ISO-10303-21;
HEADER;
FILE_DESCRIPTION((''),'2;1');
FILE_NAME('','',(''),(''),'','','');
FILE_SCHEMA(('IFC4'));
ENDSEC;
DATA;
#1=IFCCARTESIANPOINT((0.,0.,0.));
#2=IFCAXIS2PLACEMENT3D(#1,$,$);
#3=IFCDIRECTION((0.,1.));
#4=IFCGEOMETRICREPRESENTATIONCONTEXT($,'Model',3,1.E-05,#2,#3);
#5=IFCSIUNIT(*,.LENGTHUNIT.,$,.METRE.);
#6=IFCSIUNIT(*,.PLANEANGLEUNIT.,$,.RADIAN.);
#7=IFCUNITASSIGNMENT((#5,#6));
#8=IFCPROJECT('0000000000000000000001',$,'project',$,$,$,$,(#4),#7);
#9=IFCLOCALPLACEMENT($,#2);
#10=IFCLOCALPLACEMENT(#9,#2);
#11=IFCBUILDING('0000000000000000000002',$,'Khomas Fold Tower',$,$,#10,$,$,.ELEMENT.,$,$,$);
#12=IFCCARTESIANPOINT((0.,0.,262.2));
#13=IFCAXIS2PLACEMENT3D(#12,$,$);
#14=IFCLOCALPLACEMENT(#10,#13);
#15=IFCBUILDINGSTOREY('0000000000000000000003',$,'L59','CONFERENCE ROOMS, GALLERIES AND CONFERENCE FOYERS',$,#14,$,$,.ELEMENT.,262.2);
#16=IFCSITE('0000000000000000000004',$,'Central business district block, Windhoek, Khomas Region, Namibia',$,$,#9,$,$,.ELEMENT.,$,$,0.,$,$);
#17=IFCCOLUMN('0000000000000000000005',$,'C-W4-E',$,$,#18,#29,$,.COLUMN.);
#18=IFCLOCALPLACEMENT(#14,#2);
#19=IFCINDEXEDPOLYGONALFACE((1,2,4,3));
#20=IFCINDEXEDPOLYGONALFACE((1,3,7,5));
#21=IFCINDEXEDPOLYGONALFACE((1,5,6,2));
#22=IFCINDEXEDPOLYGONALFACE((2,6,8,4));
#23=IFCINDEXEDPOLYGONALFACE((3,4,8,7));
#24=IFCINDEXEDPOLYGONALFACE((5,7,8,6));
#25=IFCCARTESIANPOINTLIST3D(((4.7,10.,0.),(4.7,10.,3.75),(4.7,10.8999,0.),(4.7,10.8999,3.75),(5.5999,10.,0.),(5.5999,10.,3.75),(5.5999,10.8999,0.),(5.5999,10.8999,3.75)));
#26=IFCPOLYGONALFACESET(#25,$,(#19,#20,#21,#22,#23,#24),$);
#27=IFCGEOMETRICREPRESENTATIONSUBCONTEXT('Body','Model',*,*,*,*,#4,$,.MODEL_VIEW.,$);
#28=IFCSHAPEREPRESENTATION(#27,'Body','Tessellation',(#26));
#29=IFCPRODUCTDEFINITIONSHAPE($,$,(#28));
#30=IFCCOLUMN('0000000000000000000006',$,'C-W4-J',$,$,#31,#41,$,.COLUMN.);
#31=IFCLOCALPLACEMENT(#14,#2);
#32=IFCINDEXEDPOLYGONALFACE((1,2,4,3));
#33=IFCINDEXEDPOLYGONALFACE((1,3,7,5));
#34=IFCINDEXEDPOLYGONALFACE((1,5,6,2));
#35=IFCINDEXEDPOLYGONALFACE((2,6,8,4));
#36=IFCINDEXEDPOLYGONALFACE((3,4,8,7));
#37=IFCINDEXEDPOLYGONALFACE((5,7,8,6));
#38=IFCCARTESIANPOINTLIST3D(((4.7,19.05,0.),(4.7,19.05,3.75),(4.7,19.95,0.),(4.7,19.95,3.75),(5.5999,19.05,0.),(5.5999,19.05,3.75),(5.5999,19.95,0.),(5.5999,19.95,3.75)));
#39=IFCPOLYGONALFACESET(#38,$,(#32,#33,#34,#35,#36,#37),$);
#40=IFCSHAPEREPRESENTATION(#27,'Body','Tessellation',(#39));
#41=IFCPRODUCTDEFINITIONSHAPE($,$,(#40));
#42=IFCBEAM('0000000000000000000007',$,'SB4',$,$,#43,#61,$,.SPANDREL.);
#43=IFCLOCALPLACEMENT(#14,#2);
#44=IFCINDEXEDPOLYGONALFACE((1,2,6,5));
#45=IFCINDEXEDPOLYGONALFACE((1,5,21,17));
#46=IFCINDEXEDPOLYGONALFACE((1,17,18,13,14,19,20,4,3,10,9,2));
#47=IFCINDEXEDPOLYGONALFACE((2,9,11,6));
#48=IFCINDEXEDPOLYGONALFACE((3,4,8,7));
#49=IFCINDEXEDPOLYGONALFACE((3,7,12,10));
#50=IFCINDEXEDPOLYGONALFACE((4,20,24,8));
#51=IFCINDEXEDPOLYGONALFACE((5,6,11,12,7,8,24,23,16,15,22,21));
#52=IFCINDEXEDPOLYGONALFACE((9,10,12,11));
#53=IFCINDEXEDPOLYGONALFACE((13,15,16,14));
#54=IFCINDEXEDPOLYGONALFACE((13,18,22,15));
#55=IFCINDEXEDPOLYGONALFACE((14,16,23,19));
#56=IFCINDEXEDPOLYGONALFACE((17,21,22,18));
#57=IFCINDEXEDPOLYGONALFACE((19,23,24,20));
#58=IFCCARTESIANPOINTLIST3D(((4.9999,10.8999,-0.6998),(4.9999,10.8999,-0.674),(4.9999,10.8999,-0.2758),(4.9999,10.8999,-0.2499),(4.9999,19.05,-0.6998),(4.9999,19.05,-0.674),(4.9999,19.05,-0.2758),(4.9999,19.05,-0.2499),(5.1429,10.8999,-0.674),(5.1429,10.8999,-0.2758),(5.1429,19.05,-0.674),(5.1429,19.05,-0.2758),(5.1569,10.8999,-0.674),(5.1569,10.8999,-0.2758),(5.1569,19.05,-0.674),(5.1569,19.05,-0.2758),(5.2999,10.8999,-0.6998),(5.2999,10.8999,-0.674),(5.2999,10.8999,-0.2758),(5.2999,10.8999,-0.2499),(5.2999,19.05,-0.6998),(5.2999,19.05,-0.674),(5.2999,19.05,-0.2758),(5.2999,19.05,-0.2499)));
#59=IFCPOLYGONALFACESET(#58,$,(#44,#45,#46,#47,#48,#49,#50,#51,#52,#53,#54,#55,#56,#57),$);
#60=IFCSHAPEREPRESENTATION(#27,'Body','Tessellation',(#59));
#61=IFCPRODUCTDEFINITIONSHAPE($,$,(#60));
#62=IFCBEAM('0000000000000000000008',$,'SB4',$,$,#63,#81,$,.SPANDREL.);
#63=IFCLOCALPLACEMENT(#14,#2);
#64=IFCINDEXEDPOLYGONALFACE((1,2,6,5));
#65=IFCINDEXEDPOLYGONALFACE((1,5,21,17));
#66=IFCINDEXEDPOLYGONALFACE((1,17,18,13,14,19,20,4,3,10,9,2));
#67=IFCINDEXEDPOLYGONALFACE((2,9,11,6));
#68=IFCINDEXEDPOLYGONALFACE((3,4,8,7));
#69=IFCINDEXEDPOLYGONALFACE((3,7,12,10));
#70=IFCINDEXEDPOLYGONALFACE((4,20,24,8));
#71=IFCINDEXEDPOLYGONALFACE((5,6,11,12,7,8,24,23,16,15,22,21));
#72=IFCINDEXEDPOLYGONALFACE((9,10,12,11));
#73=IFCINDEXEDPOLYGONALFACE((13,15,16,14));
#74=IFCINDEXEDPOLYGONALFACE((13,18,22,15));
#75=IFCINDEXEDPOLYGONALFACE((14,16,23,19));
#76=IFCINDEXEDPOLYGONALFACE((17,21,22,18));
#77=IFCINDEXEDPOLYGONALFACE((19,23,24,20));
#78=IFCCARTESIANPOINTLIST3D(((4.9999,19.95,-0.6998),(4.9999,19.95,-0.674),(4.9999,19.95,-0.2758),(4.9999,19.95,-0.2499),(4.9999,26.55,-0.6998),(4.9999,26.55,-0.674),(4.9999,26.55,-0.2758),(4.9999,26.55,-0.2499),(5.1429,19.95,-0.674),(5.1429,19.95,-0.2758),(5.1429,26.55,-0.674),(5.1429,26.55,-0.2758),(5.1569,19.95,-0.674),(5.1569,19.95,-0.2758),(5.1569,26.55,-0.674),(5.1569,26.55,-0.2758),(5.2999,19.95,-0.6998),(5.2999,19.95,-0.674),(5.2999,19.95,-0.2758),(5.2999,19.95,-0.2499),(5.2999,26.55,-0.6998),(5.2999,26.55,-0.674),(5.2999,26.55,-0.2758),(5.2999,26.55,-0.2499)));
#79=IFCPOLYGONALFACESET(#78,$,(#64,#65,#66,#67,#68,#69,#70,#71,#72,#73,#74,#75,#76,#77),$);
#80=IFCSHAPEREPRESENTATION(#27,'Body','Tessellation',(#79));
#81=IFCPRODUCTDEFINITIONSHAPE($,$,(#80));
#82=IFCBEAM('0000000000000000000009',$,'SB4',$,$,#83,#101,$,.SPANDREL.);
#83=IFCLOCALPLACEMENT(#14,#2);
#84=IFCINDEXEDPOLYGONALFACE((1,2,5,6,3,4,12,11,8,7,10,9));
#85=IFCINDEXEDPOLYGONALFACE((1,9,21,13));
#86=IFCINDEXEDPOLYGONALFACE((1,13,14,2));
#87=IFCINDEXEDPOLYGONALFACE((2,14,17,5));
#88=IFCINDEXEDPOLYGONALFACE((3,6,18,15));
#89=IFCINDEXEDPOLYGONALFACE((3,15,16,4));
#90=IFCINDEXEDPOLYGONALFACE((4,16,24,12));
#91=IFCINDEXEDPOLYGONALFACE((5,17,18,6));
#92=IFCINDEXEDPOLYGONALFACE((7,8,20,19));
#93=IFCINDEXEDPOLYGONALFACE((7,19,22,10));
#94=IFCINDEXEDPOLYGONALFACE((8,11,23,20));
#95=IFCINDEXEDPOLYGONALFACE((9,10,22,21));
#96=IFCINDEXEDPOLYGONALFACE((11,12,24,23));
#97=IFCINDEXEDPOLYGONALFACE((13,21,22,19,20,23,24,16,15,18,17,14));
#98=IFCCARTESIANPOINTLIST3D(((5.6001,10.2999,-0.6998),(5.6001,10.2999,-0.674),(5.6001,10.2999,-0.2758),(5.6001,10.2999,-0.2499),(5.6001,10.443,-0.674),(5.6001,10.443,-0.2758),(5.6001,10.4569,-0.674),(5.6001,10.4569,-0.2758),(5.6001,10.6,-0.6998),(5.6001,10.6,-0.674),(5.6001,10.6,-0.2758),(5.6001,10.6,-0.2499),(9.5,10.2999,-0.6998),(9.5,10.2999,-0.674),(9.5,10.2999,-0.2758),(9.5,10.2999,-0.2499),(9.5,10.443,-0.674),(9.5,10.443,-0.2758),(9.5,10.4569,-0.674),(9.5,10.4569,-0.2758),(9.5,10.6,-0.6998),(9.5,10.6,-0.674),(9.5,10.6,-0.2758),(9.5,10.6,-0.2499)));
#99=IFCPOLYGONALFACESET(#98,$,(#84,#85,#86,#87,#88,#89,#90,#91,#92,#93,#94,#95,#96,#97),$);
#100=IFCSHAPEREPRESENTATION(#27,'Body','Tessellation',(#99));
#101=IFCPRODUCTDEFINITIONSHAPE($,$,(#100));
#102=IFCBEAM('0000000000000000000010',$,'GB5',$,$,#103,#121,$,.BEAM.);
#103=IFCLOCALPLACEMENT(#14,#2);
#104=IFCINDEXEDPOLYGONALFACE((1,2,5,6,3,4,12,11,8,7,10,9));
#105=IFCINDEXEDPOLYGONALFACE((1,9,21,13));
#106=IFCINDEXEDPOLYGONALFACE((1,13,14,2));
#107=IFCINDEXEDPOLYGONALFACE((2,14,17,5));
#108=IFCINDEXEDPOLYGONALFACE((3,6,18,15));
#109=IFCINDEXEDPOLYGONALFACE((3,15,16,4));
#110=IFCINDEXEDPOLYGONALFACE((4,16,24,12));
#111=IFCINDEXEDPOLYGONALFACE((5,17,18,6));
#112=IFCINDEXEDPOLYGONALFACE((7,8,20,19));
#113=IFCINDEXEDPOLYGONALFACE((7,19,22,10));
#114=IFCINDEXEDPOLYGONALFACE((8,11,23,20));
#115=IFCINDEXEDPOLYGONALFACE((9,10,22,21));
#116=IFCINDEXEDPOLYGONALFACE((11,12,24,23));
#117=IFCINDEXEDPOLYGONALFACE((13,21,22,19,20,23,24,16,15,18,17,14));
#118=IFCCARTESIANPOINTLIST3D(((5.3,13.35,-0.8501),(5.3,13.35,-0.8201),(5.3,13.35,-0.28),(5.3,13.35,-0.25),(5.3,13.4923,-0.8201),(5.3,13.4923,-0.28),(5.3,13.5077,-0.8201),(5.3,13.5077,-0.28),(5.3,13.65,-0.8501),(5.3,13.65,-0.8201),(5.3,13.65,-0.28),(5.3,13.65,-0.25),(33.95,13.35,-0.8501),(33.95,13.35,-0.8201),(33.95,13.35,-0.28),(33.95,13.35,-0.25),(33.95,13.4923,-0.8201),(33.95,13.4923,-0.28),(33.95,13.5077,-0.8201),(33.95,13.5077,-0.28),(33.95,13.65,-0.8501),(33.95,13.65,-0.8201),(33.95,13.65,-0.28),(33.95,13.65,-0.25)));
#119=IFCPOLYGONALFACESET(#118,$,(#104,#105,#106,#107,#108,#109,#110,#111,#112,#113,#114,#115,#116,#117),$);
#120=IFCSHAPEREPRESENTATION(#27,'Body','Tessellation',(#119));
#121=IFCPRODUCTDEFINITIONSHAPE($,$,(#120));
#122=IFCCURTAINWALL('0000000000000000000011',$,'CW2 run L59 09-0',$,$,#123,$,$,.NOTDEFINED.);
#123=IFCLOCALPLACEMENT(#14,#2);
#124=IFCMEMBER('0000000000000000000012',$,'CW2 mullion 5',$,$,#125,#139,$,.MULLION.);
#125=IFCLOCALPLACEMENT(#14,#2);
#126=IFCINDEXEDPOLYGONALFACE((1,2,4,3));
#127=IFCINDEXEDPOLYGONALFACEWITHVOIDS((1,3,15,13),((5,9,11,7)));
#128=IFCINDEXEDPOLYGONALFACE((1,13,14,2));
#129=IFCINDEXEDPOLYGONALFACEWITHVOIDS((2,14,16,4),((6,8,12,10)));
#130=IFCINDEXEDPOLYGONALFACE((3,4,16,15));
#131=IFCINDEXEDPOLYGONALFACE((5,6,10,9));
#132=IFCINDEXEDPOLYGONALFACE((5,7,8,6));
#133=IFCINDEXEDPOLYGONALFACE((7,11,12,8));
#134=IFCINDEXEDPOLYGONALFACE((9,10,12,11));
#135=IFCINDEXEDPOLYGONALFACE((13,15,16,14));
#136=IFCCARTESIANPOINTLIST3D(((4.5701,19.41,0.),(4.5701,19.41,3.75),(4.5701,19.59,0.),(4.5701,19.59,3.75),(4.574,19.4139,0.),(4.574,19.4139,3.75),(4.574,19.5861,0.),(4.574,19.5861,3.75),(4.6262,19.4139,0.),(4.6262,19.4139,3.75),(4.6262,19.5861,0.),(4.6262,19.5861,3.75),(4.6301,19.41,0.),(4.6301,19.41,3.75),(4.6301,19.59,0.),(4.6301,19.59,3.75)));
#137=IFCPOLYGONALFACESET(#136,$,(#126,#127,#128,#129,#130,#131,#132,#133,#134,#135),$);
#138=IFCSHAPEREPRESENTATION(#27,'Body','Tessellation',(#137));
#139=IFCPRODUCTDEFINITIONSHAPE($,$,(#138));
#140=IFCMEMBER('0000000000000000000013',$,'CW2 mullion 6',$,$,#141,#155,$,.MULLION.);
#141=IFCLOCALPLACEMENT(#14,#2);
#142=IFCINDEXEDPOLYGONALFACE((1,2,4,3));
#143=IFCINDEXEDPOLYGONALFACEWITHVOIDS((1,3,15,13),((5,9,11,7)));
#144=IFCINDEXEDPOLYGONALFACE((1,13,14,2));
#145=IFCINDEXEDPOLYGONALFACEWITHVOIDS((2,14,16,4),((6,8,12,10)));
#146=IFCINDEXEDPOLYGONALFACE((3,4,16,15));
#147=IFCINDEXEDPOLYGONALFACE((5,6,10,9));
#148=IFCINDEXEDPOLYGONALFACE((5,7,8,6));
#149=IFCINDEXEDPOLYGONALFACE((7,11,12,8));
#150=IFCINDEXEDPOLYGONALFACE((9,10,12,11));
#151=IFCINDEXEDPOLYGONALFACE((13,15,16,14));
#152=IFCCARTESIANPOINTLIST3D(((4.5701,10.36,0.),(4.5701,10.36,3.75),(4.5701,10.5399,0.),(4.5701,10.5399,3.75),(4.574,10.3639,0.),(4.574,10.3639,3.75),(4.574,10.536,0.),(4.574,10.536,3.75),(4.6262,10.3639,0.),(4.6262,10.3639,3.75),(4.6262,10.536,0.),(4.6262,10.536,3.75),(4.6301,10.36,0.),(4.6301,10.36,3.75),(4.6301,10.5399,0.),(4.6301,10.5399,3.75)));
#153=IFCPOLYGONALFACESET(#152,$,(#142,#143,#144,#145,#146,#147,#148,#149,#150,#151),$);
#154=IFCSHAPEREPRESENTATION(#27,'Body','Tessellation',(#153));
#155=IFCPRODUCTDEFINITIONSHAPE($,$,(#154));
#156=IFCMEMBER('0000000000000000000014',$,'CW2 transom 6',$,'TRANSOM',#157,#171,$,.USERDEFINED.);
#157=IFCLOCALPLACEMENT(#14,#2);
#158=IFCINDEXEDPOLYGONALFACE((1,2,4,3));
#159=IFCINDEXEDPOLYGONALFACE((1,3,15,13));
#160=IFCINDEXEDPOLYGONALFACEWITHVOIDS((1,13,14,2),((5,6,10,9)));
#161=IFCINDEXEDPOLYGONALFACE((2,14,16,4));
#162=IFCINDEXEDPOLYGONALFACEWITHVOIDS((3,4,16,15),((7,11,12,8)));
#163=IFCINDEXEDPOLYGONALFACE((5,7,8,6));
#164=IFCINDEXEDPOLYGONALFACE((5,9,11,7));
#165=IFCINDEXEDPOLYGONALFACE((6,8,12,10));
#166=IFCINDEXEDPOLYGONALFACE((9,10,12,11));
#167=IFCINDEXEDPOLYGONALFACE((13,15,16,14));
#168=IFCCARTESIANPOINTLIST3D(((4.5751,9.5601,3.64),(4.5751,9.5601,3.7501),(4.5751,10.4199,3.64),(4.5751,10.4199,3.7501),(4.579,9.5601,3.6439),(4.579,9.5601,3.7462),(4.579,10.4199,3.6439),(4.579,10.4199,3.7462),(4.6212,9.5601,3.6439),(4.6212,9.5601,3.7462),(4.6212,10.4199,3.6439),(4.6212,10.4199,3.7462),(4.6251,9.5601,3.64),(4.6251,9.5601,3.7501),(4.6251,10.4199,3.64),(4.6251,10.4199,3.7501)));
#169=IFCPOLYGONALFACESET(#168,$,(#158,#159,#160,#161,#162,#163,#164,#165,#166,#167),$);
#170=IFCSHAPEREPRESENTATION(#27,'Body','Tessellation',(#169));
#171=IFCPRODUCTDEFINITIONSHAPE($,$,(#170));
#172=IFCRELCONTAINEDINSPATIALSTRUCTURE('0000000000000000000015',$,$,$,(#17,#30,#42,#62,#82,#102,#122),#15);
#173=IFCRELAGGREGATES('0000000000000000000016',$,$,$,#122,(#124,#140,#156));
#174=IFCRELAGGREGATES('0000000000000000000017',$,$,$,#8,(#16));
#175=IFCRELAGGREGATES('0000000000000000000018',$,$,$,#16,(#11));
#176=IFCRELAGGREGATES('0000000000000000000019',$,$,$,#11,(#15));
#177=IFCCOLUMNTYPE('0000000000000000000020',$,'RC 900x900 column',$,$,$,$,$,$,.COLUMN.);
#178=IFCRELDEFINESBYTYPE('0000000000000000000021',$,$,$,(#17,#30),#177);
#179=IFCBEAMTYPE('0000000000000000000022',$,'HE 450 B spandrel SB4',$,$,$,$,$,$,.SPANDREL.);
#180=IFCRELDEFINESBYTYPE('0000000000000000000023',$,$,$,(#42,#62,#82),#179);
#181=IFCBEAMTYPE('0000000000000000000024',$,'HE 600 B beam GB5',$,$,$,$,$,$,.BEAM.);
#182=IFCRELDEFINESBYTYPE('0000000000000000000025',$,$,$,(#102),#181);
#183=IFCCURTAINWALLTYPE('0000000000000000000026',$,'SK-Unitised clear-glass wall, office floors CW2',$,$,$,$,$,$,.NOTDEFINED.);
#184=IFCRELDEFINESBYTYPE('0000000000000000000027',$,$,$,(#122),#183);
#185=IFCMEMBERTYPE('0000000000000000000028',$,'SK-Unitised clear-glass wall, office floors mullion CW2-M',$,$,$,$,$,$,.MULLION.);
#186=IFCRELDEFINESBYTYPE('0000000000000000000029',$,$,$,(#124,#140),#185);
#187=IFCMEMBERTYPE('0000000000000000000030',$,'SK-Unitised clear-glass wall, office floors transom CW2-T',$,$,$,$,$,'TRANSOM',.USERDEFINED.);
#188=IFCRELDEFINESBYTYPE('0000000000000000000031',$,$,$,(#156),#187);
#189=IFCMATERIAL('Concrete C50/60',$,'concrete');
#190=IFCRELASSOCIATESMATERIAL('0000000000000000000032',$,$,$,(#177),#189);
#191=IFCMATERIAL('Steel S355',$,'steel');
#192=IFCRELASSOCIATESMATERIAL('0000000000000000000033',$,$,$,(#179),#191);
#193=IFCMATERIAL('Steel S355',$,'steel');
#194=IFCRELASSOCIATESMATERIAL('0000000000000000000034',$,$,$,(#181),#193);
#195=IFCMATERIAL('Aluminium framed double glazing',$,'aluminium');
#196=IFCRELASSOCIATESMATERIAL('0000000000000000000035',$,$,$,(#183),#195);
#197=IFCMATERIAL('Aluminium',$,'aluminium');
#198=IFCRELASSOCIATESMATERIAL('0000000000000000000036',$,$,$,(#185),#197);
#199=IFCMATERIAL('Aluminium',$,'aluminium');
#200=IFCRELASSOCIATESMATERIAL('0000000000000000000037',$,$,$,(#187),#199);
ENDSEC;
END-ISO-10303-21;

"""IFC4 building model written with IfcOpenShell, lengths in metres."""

from ifc_helpers import new_model, si_unit, direction, frame, origin, origin_2d, place, context, subcontext, project, spatial, rectangle, hollow_rectangle, i_section, extrude, source, transform, mapped, material, material_profile, profile_set, type_object, element, aggregate, save


model = new_model("IFC4")

# Units and contexts
model_context = context("Model", 3, precision=1e-05, world=origin(), true_north=direction((0.0, 1.0)))
body_context = subcontext(model_context, "Body", "Model", "MODEL_VIEW")
ifc_project = project(units=[si_unit("LENGTHUNIT", "METRE"), si_unit("PLANEANGLEUNIT", "RADIAN")], contexts=[model_context])

# Site, building, storey
site_placement = place(None, origin())
site = spatial("IfcSite", under=ifc_project, at=site_placement, Name="Central business district block, Windhoek, Khomas Region, Namibia", CompositionType="ELEMENT", RefElevation=0.0)
building_placement = place(site_placement, origin())
building = spatial("IfcBuilding", under=site, at=building_placement, Name="Khomas Fold Tower", CompositionType="ELEMENT")
storey_placement = place(building_placement, frame((0.0, 0.0, 262.2)))
storey = spatial("IfcBuildingStorey", under=building, at=storey_placement, Name="L59", Description="CONFERENCE ROOMS, GALLERIES AND CONFERENCE FOYERS", CompositionType="ELEMENT", Elevation=262.2)

# Columns
ifc_material_1 = material(Name="Concrete C50/60", Category="concrete")
ifc_material_profile_1 = material_profile(ifc_material_1, rectangle(XDim=0.8999, YDim=0.8999, at=origin_2d()), Name="RC 900x900")
ifc_profile_set_1 = profile_set([ifc_material_profile_1], Name="Concrete C50/60")
column_type = type_object("IfcColumnType", Name="RC 900x900 column", PredefinedType="COLUMN", material=ifc_profile_set_1)
shared_shape_1 = source(origin(), body_context, "Body", "SweptSolid", [
    extrude(rectangle(XDim=0.8999, YDim=0.8999, at=origin_2d()), origin(), (0.0, 0.0, 1.0), 3.75),
])
for number, where, z_axis, x_axis, name in (
    (1, (5.1499, 10.45, 0.0), (0.0, 0.0, 1.0), (1.0, 0.0, 0.0), "C-W4-E"),
    (2, (5.1499, 19.5, 0.0), (0.0, 0.0, 1.0), (1.0, 0.0, 0.0), "C-W4-J"),
):
    element("IfcColumn", number, at=place(storey_placement, frame(where, z_axis=z_axis, x_axis=x_axis)), inside=storey, type_object=column_type, Name=name, PredefinedType="COLUMN", context=body_context, shape_type="MappedRepresentation", body=[
        mapped(shared_shape_1, transform((0.0, 0.0, 0.0))),
    ])

# Beams
ifc_material_2 = material(Name="Steel S355", Category="steel")
ifc_material_profile_2 = material_profile(ifc_material_2, i_section(OverallWidth=0.3, OverallDepth=0.45, WebThickness=0.0139, FlangeThickness=0.0259, at=origin_2d()), Name="HE 450 B")
ifc_profile_set_2 = profile_set([ifc_material_profile_2], Name="Steel S355")
beam_type_1 = type_object("IfcBeamType", Name="HE 450 B spandrel SB4", PredefinedType="SPANDREL", material=ifc_profile_set_2)
shared_shape_2 = source(origin(), body_context, "Body", "SweptSolid", [
    extrude(i_section(OverallWidth=0.3, OverallDepth=0.45, WebThickness=0.0139, FlangeThickness=0.0259, at=origin_2d()), origin(), (0.0, 0.0, 1.0), 8.1501),
])
beam_1_placement = place(storey_placement, frame((5.1499, 10.8999, -0.4749), z_axis=(0.0, 1.0, 0.0), x_axis=(-1.0, 0.0, 0.0)))
element("IfcBeam", 3, at=beam_1_placement, inside=storey, type_object=beam_type_1, Name="SB4", PredefinedType="SPANDREL", context=body_context, shape_type="MappedRepresentation", body=[
    mapped(shared_shape_2, transform((0.0, 0.0, 0.0))),
])
shared_shape_3 = source(origin(), body_context, "Body", "SweptSolid", [
    extrude(i_section(OverallWidth=0.3, OverallDepth=0.45, WebThickness=0.0139, FlangeThickness=0.0259, at=origin_2d()), origin(), (0.0, 0.0, 1.0), 6.6001),
])
beam_2_placement = place(storey_placement, frame((5.1499, 19.95, -0.4749), z_axis=(0.0, 1.0, 0.0), x_axis=(-1.0, 0.0, 0.0)))
element("IfcBeam", 4, at=beam_2_placement, inside=storey, type_object=beam_type_1, Name="SB4", PredefinedType="SPANDREL", context=body_context, shape_type="MappedRepresentation", body=[
    mapped(shared_shape_3, transform((0.0, 0.0, 0.0))),
])
shared_shape_4 = source(origin(), body_context, "Body", "SweptSolid", [
    extrude(i_section(OverallWidth=0.3, OverallDepth=0.45, WebThickness=0.0139, FlangeThickness=0.0259, at=origin_2d()), origin(), (0.0, 0.0, 1.0), 3.8999),
])
beam_3_placement = place(storey_placement, frame((5.6001, 10.45, -0.4749), z_axis=(1.0, 0.0, 0.0), x_axis=(0.0, 1.0, 0.0)))
element("IfcBeam", 5, at=beam_3_placement, inside=storey, type_object=beam_type_1, Name="SB4", PredefinedType="SPANDREL", context=body_context, shape_type="MappedRepresentation", body=[
    mapped(shared_shape_4, transform((0.0, 0.0, 0.0))),
])
ifc_material_3 = material(Name="Steel S355", Category="steel")
ifc_material_profile_3 = material_profile(ifc_material_3, i_section(OverallWidth=0.3, OverallDepth=0.6001, WebThickness=0.0154, FlangeThickness=0.03, at=origin_2d()), Name="HE 600 B")
ifc_profile_set_3 = profile_set([ifc_material_profile_3], Name="Steel S355")
beam_type_2 = type_object("IfcBeamType", Name="HE 600 B beam GB5", PredefinedType="BEAM", material=ifc_profile_set_3)
shared_shape_5 = source(origin(), body_context, "Body", "SweptSolid", [
    extrude(i_section(OverallWidth=0.3, OverallDepth=0.6001, WebThickness=0.0154, FlangeThickness=0.03, at=origin_2d()), origin(), (0.0, 0.0, 1.0), 28.6499),
])
beam_4_placement = place(storey_placement, frame((5.3, 13.5, -0.55), z_axis=(1.0, 0.0, 0.0), x_axis=(0.0, 1.0, 0.0)))
element("IfcBeam", 6, at=beam_4_placement, inside=storey, type_object=beam_type_2, Name="GB5", PredefinedType="BEAM", context=body_context, shape_type="MappedRepresentation", body=[
    mapped(shared_shape_5, transform((0.0, 0.0, 0.0))),
])

# Curtain wall, members
ifc_material_4 = material(Name="Aluminium framed double glazing", Category="aluminium")
curtain_wall_type = type_object("IfcCurtainWallType", Name="SK-Unitised clear-glass wall, office floors CW2", PredefinedType="NOTDEFINED", material=ifc_material_4)
curtain_wall_placement = place(storey_placement, origin())
curtain_wall = element("IfcCurtainWall", 7, at=curtain_wall_placement, inside=storey, type_object=curtain_wall_type, Name="CW2 run L59 09-0", PredefinedType="NOTDEFINED")
ifc_material_5 = material(Name="Aluminium", Category="aluminium")
ifc_material_profile_4 = material_profile(ifc_material_5, hollow_rectangle(XDim=0.0601, YDim=0.1799, WallThickness=0.0039, at=origin_2d()), Name="SK-Unitised clear-glass wall, office floors mullion CW2-M")
ifc_profile_set_4 = profile_set([ifc_material_profile_4], Name="Aluminium")
member_type_1 = type_object("IfcMemberType", Name="SK-Unitised clear-glass wall, office floors mullion CW2-M", PredefinedType="MULLION", material=ifc_profile_set_4)
shared_shape_6 = source(origin(), body_context, "Body", "SweptSolid", [
    extrude(hollow_rectangle(XDim=0.0601, YDim=0.1799, WallThickness=0.0039, at=origin_2d()), origin(), (0.0, 0.0, 1.0), 3.75),
])
member_1_placement = place(storey_placement, frame((4.6001, 19.5, 0.0), z_axis=(0.0, 0.0, 1.0), x_axis=(1.0, 0.0, 0.0)))
member_1 = element("IfcMember", 8, at=member_1_placement, type_object=member_type_1, Name="CW2 mullion 5", PredefinedType="MULLION", context=body_context, shape_type="MappedRepresentation", body=[
    mapped(shared_shape_6, transform((0.0, 0.0, 0.0))),
])
member_2_placement = place(storey_placement, frame((4.6001, 10.45, 0.0), z_axis=(0.0, 0.0, 1.0), x_axis=(1.0, 0.0, 0.0)))
member_2 = element("IfcMember", 9, at=member_2_placement, type_object=member_type_1, Name="CW2 mullion 6", PredefinedType="MULLION", context=body_context, shape_type="MappedRepresentation", body=[
    mapped(shared_shape_6, transform((0.0, 0.0, 0.0))),
])
ifc_material_6 = material(Name="Aluminium", Category="aluminium")
ifc_material_profile_5 = material_profile(ifc_material_6, hollow_rectangle(XDim=0.05, YDim=0.1101, WallThickness=0.0039, at=origin_2d()), Name="SK-Unitised clear-glass wall, office floors transom CW2-T")
ifc_profile_set_5 = profile_set([ifc_material_profile_5], Name="Aluminium")
member_type_2 = type_object("IfcMemberType", Name="SK-Unitised clear-glass wall, office floors transom CW2-T", ElementType="TRANSOM", PredefinedType="USERDEFINED", material=ifc_profile_set_5)
shared_shape_7 = source(origin(), body_context, "Body", "SweptSolid", [
    extrude(hollow_rectangle(XDim=0.05, YDim=0.1101, WallThickness=0.0039, at=origin_2d()), origin(), (0.0, 0.0, 1.0), 0.8599),
])
member_3_placement = place(storey_placement, frame((4.6001, 10.4199, 3.6951), z_axis=(0.0, -1.0, 0.0), x_axis=(1.0, 0.0, 0.0)))
member_3 = element("IfcMember", 10, at=member_3_placement, type_object=member_type_2, Name="CW2 transom 6", ObjectType="TRANSOM", PredefinedType="USERDEFINED", context=body_context, shape_type="MappedRepresentation", body=[
    mapped(shared_shape_7, transform((0.0, 0.0, 0.0))),
])
aggregate(curtain_wall, [member_1, member_2, member_3])

save(model, "model.ifc")
